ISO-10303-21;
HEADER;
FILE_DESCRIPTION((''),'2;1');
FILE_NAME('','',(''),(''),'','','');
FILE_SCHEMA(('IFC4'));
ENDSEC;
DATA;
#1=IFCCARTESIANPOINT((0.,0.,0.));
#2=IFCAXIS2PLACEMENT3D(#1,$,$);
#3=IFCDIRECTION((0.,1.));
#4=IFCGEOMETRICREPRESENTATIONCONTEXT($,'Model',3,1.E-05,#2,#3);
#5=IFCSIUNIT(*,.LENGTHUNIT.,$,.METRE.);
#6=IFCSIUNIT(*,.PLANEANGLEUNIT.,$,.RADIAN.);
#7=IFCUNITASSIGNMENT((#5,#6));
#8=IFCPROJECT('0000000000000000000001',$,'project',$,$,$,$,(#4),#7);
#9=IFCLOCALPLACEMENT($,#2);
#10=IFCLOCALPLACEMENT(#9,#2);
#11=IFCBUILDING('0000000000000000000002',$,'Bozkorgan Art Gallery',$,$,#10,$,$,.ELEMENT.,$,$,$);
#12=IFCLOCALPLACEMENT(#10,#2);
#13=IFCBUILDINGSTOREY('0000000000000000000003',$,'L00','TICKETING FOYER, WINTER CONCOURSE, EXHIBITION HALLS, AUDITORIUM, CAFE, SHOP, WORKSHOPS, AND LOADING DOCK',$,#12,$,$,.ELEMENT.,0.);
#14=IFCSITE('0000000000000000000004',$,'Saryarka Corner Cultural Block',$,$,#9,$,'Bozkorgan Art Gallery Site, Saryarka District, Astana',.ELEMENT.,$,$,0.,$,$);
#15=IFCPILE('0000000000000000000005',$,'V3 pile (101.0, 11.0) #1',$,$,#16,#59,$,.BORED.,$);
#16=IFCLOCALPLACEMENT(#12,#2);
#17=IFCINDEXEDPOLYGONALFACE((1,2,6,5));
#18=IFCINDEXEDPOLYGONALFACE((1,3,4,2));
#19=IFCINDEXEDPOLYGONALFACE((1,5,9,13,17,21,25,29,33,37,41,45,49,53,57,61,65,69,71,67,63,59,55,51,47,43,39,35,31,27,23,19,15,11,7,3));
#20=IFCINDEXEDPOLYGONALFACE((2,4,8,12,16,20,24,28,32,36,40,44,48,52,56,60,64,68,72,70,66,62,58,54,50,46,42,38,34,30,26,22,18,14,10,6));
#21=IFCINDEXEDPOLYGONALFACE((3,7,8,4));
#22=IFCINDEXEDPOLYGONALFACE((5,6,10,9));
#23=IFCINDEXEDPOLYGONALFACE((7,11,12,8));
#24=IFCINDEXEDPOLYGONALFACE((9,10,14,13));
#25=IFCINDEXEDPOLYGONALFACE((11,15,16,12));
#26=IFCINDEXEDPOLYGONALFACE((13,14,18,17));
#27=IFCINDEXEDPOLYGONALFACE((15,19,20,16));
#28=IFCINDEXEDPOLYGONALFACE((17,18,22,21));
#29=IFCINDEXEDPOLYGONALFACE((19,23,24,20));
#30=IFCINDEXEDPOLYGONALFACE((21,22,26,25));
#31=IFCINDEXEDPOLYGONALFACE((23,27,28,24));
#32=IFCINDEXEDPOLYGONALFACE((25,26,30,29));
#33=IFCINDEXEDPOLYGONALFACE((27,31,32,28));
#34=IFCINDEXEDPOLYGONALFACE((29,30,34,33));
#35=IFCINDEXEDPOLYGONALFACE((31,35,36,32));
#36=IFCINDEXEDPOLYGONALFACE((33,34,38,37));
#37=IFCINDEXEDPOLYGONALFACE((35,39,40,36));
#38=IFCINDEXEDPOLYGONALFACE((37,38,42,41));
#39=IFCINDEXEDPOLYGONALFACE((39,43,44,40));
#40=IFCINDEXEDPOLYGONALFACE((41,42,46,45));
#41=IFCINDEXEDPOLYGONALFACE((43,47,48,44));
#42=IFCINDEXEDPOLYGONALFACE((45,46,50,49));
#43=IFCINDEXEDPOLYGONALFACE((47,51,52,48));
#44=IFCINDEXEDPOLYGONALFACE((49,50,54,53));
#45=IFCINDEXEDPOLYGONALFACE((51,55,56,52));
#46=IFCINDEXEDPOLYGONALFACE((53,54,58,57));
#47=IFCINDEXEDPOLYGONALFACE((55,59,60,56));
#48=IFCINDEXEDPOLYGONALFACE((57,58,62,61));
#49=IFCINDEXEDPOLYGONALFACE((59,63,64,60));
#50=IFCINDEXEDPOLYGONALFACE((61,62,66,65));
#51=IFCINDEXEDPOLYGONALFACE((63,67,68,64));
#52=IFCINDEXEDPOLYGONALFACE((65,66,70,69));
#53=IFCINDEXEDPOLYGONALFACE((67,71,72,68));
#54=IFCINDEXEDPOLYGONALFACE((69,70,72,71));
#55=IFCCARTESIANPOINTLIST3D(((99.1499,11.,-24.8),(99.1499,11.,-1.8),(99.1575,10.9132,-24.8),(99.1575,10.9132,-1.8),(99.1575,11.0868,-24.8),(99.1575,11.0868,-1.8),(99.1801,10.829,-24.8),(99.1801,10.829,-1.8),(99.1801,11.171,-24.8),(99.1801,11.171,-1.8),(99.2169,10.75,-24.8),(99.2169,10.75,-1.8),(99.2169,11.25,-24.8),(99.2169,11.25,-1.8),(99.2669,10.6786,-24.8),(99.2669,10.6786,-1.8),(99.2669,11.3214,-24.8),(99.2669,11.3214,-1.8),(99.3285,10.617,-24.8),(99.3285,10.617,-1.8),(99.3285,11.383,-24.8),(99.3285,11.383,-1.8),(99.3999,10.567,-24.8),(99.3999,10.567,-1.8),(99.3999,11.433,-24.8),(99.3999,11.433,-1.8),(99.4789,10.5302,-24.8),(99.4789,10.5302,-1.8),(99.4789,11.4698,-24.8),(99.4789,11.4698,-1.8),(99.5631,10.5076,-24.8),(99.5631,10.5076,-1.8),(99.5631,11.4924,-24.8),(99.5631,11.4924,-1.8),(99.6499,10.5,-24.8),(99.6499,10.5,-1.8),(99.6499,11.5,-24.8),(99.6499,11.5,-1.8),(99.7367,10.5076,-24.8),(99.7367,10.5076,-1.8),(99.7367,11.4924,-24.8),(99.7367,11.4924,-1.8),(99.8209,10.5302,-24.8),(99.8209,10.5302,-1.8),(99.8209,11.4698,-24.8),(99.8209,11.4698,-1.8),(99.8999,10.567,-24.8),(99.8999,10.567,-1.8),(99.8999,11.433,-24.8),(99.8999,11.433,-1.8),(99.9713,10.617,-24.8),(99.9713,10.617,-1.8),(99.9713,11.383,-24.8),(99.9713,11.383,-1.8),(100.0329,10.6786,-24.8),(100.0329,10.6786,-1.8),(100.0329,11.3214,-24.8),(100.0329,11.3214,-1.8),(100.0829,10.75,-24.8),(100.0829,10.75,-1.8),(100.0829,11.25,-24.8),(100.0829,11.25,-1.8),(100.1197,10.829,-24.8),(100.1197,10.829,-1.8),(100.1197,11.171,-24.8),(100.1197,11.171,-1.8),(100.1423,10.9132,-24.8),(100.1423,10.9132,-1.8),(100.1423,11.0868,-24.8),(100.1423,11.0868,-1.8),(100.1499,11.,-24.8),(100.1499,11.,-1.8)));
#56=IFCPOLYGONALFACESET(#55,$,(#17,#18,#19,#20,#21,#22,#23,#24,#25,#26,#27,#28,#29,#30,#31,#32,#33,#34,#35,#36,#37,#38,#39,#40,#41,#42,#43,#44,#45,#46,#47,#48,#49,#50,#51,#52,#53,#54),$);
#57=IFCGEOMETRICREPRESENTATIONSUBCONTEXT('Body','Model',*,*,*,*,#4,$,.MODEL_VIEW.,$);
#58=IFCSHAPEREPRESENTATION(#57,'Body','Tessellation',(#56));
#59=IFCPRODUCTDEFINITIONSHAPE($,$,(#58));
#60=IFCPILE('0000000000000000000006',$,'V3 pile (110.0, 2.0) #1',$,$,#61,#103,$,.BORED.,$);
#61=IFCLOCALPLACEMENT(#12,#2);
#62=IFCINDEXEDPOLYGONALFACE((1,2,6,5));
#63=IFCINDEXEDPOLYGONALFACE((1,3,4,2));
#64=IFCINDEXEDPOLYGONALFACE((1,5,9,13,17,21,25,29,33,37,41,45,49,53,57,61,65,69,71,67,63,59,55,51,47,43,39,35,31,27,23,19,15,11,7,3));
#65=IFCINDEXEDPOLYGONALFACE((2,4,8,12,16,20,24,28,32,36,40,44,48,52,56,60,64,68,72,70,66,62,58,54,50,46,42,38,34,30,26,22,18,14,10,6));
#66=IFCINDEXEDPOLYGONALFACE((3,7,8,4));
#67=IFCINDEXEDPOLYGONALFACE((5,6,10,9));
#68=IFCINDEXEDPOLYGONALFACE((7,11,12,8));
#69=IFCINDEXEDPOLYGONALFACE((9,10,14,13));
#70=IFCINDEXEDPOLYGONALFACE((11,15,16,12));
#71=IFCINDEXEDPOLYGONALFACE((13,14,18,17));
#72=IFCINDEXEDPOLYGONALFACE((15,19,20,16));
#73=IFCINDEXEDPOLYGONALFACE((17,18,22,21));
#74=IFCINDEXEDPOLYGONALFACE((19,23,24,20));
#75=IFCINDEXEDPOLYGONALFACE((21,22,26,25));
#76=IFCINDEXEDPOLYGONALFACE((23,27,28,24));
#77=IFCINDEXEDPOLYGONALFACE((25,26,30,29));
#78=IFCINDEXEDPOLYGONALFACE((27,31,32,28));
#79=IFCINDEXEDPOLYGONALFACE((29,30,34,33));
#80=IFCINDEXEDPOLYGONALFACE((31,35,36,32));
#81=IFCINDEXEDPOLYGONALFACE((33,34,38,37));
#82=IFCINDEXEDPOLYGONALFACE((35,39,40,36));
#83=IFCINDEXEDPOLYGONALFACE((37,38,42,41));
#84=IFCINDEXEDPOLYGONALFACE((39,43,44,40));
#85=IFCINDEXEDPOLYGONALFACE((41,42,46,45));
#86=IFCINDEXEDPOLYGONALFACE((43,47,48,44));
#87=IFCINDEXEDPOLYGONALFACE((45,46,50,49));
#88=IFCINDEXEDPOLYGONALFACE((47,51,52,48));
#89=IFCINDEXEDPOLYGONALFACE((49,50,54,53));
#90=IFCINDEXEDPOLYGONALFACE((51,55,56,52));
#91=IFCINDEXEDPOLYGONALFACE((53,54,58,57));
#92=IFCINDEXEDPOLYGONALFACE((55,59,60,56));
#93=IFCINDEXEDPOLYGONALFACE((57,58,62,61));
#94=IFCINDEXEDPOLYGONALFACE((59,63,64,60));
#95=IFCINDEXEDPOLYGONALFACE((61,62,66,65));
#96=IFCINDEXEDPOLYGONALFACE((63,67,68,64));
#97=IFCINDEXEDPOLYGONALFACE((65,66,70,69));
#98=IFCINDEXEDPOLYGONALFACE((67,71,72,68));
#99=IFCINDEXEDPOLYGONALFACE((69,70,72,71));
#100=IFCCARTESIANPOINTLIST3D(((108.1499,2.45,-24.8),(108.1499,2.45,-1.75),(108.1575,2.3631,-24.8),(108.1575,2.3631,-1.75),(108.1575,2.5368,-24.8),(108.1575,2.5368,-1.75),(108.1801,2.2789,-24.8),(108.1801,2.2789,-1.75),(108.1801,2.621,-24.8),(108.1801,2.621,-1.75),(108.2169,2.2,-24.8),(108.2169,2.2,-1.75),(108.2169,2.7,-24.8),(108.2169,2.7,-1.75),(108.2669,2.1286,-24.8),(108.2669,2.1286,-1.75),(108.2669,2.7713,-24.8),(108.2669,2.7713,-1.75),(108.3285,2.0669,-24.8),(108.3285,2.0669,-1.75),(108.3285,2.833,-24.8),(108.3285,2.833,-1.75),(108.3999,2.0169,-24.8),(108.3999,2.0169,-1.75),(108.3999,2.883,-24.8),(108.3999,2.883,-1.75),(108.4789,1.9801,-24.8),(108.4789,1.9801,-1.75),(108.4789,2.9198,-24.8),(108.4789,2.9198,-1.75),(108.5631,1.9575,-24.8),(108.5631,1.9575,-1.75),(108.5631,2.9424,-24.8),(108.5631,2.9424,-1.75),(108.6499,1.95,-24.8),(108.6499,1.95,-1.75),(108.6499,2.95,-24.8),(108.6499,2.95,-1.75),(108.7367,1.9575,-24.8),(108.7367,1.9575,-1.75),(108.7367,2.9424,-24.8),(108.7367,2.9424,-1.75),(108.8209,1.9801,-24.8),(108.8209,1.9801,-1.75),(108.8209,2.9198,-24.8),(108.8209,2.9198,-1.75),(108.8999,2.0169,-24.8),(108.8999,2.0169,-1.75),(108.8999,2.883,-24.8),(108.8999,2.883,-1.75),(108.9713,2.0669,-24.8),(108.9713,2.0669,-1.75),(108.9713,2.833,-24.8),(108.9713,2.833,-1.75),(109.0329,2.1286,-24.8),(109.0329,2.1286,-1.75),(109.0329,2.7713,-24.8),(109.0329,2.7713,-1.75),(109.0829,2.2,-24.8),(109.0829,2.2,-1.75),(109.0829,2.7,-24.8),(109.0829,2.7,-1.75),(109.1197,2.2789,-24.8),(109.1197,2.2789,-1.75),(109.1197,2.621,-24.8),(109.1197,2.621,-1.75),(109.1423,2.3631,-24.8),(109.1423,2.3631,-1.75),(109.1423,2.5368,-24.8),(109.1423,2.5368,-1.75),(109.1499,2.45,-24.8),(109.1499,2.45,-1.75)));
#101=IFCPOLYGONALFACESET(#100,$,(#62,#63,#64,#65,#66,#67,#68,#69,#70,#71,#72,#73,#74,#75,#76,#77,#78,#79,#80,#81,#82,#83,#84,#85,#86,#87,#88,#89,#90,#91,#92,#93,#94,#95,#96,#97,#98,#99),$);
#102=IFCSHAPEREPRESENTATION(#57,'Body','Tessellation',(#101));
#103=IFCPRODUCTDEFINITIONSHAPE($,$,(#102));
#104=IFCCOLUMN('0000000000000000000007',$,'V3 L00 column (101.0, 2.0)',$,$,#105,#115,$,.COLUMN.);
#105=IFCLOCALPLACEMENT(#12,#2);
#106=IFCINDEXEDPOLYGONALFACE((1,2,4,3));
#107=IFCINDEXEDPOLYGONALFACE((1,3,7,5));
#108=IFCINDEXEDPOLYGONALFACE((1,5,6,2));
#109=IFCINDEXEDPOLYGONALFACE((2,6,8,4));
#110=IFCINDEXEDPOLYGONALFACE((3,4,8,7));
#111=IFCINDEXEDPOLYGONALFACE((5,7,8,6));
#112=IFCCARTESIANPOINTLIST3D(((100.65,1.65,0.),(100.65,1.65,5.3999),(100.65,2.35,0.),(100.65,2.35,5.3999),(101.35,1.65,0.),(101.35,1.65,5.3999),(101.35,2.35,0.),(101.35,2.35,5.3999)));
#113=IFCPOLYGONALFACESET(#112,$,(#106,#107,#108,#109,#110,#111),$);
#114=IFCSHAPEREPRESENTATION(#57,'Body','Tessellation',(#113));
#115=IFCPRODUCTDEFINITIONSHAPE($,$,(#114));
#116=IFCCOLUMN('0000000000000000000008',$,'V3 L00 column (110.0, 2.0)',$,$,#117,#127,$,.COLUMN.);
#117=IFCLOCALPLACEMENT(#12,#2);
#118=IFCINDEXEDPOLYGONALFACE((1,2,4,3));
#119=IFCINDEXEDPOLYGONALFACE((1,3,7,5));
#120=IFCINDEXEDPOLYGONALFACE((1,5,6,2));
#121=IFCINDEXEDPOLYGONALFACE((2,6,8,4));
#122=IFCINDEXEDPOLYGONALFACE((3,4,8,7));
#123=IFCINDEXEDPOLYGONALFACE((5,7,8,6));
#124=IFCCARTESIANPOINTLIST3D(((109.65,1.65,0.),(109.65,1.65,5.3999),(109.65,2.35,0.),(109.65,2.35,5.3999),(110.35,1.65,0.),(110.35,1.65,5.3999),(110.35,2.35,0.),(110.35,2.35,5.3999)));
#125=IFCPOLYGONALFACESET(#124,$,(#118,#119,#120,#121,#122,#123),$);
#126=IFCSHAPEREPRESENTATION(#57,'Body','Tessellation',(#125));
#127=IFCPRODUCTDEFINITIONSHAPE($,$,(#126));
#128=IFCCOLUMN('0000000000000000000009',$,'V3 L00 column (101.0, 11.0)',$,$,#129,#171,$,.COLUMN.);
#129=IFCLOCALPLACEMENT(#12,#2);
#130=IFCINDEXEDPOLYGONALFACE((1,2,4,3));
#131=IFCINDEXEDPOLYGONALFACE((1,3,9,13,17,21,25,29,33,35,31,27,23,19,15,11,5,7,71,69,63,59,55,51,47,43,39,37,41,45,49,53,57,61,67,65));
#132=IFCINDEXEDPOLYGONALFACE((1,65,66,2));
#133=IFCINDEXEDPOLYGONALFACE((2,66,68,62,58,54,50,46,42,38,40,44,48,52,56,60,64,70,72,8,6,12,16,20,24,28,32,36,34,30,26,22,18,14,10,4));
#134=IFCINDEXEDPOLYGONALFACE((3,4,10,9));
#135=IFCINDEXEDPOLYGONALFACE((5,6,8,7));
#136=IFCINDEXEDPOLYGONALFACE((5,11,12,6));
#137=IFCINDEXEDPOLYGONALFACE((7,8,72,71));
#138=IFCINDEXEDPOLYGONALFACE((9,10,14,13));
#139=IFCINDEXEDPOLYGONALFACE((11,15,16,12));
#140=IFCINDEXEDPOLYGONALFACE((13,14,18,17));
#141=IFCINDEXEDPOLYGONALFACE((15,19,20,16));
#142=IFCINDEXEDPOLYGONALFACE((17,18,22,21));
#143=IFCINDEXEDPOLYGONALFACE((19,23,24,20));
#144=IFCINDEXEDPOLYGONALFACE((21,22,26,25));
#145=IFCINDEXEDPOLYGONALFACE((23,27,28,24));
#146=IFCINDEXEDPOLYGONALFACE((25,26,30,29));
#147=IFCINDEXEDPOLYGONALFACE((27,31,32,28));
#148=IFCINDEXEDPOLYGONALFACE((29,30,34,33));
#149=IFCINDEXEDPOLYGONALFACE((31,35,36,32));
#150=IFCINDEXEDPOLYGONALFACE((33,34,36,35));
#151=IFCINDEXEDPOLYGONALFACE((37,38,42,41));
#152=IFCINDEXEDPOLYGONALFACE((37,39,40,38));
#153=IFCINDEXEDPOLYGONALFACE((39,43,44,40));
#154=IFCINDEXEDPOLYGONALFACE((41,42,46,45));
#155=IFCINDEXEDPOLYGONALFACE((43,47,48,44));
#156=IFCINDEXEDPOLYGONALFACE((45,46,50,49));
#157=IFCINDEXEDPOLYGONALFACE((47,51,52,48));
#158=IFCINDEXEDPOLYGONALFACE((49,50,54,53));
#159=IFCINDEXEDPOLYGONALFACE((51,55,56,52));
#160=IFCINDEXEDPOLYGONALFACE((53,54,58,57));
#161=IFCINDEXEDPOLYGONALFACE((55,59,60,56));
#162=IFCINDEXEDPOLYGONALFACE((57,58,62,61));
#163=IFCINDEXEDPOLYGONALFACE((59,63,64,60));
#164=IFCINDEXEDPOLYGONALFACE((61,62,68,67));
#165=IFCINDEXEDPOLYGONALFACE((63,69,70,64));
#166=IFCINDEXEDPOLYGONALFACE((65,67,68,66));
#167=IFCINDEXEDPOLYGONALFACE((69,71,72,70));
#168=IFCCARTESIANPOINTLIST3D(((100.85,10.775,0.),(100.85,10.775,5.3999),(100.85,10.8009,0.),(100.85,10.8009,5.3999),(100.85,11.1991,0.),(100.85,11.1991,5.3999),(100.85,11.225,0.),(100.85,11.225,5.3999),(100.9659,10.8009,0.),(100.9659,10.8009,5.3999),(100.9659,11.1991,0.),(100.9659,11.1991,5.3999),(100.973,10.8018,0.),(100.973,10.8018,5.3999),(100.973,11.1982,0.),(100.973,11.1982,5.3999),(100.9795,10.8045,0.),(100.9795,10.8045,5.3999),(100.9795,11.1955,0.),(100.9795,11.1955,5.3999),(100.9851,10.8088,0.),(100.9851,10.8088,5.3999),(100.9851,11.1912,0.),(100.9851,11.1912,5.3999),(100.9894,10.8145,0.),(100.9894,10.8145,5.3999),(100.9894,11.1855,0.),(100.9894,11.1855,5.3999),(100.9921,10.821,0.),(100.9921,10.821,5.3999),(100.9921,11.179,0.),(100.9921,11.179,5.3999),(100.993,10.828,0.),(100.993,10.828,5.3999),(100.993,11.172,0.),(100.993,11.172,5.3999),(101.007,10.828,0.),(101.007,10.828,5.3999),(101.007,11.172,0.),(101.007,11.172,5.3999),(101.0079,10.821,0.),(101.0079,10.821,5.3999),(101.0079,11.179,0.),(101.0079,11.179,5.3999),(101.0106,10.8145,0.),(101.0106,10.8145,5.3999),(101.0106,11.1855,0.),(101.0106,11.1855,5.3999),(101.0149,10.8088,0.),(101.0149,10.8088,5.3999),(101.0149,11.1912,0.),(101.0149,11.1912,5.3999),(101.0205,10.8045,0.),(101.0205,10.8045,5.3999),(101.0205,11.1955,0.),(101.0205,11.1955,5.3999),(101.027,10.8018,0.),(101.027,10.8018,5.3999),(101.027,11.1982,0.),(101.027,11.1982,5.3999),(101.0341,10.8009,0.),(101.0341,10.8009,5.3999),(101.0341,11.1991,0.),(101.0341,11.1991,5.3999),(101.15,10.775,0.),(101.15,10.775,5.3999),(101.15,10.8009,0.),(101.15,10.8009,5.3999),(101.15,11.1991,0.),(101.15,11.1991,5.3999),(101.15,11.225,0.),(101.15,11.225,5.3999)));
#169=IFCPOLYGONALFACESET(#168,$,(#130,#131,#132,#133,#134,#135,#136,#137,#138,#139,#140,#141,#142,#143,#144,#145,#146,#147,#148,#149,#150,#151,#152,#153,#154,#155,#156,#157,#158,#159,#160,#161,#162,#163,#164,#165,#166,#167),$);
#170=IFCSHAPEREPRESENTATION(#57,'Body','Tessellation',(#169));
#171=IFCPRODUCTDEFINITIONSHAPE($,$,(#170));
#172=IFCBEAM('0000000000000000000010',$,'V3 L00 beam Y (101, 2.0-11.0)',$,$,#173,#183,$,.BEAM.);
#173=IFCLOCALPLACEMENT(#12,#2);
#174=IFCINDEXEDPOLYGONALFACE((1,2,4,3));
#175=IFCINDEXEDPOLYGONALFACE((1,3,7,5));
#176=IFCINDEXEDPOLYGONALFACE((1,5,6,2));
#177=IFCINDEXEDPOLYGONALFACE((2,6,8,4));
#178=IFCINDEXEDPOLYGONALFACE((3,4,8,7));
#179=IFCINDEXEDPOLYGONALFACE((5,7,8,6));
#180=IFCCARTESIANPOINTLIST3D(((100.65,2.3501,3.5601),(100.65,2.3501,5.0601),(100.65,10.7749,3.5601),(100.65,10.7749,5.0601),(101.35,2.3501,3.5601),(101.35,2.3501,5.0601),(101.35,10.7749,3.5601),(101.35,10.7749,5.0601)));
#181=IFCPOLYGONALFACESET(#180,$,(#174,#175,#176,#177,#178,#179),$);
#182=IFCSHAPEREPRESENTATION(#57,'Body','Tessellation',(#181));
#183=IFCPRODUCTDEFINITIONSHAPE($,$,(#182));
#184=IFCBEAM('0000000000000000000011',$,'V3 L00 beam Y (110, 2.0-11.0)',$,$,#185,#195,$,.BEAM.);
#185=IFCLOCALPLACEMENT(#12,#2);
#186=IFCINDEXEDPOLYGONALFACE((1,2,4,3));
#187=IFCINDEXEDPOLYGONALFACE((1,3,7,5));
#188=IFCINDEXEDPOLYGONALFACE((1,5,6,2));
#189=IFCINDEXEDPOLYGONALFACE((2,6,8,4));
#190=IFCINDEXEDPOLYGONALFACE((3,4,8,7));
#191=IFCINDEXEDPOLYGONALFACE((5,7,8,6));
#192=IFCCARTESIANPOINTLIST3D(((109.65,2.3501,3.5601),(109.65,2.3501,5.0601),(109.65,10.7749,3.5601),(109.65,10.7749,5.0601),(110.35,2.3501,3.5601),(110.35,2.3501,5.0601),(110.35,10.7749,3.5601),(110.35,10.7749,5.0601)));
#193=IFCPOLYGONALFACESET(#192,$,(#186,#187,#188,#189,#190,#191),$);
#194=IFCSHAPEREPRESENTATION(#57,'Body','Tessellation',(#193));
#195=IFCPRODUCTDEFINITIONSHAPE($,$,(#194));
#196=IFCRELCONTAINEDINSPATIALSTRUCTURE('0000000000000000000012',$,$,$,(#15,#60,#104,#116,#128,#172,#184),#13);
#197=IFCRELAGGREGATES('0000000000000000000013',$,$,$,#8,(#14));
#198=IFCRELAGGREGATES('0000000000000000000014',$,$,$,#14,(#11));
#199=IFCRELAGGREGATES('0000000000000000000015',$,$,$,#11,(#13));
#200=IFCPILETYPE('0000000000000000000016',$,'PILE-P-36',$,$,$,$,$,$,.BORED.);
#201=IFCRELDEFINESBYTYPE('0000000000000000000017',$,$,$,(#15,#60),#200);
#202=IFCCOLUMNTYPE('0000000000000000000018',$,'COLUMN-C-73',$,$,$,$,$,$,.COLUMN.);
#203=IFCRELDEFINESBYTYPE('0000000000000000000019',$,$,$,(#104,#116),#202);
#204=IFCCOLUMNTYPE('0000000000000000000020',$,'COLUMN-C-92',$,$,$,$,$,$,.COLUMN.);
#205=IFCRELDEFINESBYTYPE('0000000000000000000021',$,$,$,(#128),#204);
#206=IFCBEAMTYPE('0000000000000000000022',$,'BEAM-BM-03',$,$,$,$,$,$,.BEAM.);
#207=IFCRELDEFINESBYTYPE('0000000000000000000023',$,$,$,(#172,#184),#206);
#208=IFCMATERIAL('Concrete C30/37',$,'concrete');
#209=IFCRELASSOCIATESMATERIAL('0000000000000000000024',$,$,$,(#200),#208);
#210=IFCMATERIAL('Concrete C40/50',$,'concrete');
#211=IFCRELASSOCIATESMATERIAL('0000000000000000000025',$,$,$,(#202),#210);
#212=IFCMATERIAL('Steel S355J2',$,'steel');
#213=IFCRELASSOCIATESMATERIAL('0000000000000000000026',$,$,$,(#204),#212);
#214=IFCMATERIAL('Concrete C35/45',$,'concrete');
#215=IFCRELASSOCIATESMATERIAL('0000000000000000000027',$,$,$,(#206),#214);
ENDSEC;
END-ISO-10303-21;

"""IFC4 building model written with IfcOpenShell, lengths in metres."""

from ifc_helpers import new_model, si_unit, direction, frame, origin, origin_2d, place, context, subcontext, project, spatial, rectangle, circle, i_section, extrude, material, material_profile, profile_set, type_object, element, save


model = new_model("IFC4")

# Units and contexts
model_context = context("Model", 3, precision=1e-05, world=origin(), true_north=direction((0.0, 1.0)))
body_context = subcontext(model_context, "Body", "Model", "MODEL_VIEW")
ifc_project = project(units=[si_unit("LENGTHUNIT", "METRE"), si_unit("PLANEANGLEUNIT", "RADIAN")], contexts=[model_context])

# Site, building, storey
site_placement = place(None, origin())
site = spatial("IfcSite", under=ifc_project, at=site_placement, Name="Saryarka Corner Cultural Block", LongName="Bozkorgan Art Gallery Site, Saryarka District, Astana", CompositionType="ELEMENT", RefElevation=0.0)
building_placement = place(site_placement, origin())
building = spatial("IfcBuilding", under=site, at=building_placement, Name="Bozkorgan Art Gallery", CompositionType="ELEMENT")
storey_placement = place(building_placement, origin())
storey = spatial("IfcBuildingStorey", under=building, at=storey_placement, Name="L00", Description="TICKETING FOYER, WINTER CONCOURSE, EXHIBITION HALLS, AUDITORIUM, CAFE, SHOP, WORKSHOPS, AND LOADING DOCK", CompositionType="ELEMENT", Elevation=0.0)

# Shared definitions
ifc_material_1 = material(Name="Concrete C30/37", Category="concrete")

# Piles
ifc_material_profile_1 = material_profile(ifc_material_1, circle(Radius=0.5, at=origin_2d()), Name="PILE D1000")
ifc_profile_set_1 = profile_set([ifc_material_profile_1], Name="Concrete C30/37")
pile_type = type_object("IfcPileType", Name="PILE-P-36", PredefinedType="BORED", material=ifc_profile_set_1)
pile_1_placement = place(storey_placement, frame((99.6499, 11.0, -1.8), z_axis=(0.0, 0.0, -1.0), x_axis=(1.0, 0.0, 0.0)))
element("IfcPile", 1, at=pile_1_placement, inside=storey, type_object=pile_type, Name="V3 pile (101.0, 11.0) #1", PredefinedType="BORED", context=body_context, shape_type="SweptSolid", body=[
    extrude(circle(Radius=0.5, at=origin_2d()), origin(), (0.0, 0.0, 1.0), 23.0),
])
pile_2_placement = place(storey_placement, frame((108.6499, 2.45, -1.75), z_axis=(0.0, 0.0, -1.0), x_axis=(1.0, 0.0, 0.0)))
element("IfcPile", 2, at=pile_2_placement, inside=storey, type_object=pile_type, Name="V3 pile (110.0, 2.0) #1", PredefinedType="BORED", context=body_context, shape_type="SweptSolid", body=[
    extrude(circle(Radius=0.5, at=origin_2d()), origin(), (0.0, 0.0, 1.0), 23.05),
])

# Columns
ifc_material_2 = material(Name="Concrete C40/50", Category="concrete")
ifc_material_profile_2 = material_profile(ifc_material_2, rectangle(XDim=0.7, YDim=0.7, at=origin_2d()), Name="RC 700x700")
ifc_profile_set_2 = profile_set([ifc_material_profile_2], Name="Concrete C40/50")
column_type_1 = type_object("IfcColumnType", Name="COLUMN-C-73", PredefinedType="COLUMN", material=ifc_profile_set_2)
for number, where, z_axis, x_axis, name in (
    (3, (101.0, 2.0, 0.0), (0.0, 0.0, 1.0), (1.0, 0.0, 0.0), "V3 L00 column (101.0, 2.0)"),
    (4, (110.0, 2.0, 0.0), (0.0, 0.0, 1.0), (1.0, 0.0, 0.0), "V3 L00 column (110.0, 2.0)"),
):
    element("IfcColumn", number, at=place(storey_placement, frame(where, z_axis=z_axis, x_axis=x_axis)), inside=storey, type_object=column_type_1, Name=name, PredefinedType="COLUMN", context=body_context, shape_type="SweptSolid", body=[
        extrude(rectangle(XDim=0.7, YDim=0.7, at=origin_2d()), origin(), (0.0, 0.0, 1.0), 5.3999),
    ])
ifc_material_3 = material(Name="Steel S355J2", Category="steel")
ifc_material_profile_3 = material_profile(ifc_material_3, i_section(OverallWidth=0.3, OverallDepth=0.45, WebThickness=0.0139, FlangeThickness=0.0259, FilletRadius=0.0271, at=origin_2d()), Name="HEB 450")
ifc_profile_set_3 = profile_set([ifc_material_profile_3], Name="Steel S355J2")
column_type_2 = type_object("IfcColumnType", Name="COLUMN-C-92", PredefinedType="COLUMN", material=ifc_profile_set_3)
column_placement = place(storey_placement, frame((101.0, 11.0, 0.0), z_axis=(0.0, 0.0, 1.0), x_axis=(1.0, 0.0, 0.0)))
element("IfcColumn", 5, at=column_placement, inside=storey, type_object=column_type_2, Name="V3 L00 column (101.0, 11.0)", PredefinedType="COLUMN", context=body_context, shape_type="SweptSolid", body=[
    extrude(i_section(OverallWidth=0.3, OverallDepth=0.45, WebThickness=0.0139, FlangeThickness=0.0259, FilletRadius=0.0271, at=origin_2d()), origin(), (0.0, 0.0, 1.0), 5.3999),
])

# Beams
ifc_material_4 = material(Name="Concrete C35/45", Category="concrete")
ifc_material_profile_4 = material_profile(ifc_material_4, rectangle(XDim=0.7, YDim=1.5, at=origin_2d()), Name="RC 700x1500")
ifc_profile_set_4 = profile_set([ifc_material_profile_4], Name="Concrete C35/45")
beam_type_1 = type_object("IfcBeamType", Name="BEAM-BM-03", PredefinedType="BEAM", material=ifc_profile_set_4)
for number, where, z_axis, x_axis, name in (
    (6, (101.0, 2.3501, 4.3101), (0.0, 1.0, 0.0), (-1.0, 0.0, 0.0), "V3 L00 beam Y (101, 2.0-11.0)"),
    (7, (110.0, 2.3501, 4.3101), (0.0, 1.0, 0.0), (-1.0, 0.0, 0.0), "V3 L00 beam Y (110, 2.0-11.0)"),
):
    element("IfcBeam", number, at=place(storey_placement, frame(where, z_axis=z_axis, x_axis=x_axis)), inside=storey, type_object=beam_type_1, Name=name, PredefinedType="BEAM", context=body_context, shape_type="SweptSolid", body=[
        extrude(rectangle(XDim=0.7, YDim=1.5, at=origin_2d()), origin(), (0.0, 0.0, 1.0), 8.4248),
    ])

save(model, "model.ifc")
